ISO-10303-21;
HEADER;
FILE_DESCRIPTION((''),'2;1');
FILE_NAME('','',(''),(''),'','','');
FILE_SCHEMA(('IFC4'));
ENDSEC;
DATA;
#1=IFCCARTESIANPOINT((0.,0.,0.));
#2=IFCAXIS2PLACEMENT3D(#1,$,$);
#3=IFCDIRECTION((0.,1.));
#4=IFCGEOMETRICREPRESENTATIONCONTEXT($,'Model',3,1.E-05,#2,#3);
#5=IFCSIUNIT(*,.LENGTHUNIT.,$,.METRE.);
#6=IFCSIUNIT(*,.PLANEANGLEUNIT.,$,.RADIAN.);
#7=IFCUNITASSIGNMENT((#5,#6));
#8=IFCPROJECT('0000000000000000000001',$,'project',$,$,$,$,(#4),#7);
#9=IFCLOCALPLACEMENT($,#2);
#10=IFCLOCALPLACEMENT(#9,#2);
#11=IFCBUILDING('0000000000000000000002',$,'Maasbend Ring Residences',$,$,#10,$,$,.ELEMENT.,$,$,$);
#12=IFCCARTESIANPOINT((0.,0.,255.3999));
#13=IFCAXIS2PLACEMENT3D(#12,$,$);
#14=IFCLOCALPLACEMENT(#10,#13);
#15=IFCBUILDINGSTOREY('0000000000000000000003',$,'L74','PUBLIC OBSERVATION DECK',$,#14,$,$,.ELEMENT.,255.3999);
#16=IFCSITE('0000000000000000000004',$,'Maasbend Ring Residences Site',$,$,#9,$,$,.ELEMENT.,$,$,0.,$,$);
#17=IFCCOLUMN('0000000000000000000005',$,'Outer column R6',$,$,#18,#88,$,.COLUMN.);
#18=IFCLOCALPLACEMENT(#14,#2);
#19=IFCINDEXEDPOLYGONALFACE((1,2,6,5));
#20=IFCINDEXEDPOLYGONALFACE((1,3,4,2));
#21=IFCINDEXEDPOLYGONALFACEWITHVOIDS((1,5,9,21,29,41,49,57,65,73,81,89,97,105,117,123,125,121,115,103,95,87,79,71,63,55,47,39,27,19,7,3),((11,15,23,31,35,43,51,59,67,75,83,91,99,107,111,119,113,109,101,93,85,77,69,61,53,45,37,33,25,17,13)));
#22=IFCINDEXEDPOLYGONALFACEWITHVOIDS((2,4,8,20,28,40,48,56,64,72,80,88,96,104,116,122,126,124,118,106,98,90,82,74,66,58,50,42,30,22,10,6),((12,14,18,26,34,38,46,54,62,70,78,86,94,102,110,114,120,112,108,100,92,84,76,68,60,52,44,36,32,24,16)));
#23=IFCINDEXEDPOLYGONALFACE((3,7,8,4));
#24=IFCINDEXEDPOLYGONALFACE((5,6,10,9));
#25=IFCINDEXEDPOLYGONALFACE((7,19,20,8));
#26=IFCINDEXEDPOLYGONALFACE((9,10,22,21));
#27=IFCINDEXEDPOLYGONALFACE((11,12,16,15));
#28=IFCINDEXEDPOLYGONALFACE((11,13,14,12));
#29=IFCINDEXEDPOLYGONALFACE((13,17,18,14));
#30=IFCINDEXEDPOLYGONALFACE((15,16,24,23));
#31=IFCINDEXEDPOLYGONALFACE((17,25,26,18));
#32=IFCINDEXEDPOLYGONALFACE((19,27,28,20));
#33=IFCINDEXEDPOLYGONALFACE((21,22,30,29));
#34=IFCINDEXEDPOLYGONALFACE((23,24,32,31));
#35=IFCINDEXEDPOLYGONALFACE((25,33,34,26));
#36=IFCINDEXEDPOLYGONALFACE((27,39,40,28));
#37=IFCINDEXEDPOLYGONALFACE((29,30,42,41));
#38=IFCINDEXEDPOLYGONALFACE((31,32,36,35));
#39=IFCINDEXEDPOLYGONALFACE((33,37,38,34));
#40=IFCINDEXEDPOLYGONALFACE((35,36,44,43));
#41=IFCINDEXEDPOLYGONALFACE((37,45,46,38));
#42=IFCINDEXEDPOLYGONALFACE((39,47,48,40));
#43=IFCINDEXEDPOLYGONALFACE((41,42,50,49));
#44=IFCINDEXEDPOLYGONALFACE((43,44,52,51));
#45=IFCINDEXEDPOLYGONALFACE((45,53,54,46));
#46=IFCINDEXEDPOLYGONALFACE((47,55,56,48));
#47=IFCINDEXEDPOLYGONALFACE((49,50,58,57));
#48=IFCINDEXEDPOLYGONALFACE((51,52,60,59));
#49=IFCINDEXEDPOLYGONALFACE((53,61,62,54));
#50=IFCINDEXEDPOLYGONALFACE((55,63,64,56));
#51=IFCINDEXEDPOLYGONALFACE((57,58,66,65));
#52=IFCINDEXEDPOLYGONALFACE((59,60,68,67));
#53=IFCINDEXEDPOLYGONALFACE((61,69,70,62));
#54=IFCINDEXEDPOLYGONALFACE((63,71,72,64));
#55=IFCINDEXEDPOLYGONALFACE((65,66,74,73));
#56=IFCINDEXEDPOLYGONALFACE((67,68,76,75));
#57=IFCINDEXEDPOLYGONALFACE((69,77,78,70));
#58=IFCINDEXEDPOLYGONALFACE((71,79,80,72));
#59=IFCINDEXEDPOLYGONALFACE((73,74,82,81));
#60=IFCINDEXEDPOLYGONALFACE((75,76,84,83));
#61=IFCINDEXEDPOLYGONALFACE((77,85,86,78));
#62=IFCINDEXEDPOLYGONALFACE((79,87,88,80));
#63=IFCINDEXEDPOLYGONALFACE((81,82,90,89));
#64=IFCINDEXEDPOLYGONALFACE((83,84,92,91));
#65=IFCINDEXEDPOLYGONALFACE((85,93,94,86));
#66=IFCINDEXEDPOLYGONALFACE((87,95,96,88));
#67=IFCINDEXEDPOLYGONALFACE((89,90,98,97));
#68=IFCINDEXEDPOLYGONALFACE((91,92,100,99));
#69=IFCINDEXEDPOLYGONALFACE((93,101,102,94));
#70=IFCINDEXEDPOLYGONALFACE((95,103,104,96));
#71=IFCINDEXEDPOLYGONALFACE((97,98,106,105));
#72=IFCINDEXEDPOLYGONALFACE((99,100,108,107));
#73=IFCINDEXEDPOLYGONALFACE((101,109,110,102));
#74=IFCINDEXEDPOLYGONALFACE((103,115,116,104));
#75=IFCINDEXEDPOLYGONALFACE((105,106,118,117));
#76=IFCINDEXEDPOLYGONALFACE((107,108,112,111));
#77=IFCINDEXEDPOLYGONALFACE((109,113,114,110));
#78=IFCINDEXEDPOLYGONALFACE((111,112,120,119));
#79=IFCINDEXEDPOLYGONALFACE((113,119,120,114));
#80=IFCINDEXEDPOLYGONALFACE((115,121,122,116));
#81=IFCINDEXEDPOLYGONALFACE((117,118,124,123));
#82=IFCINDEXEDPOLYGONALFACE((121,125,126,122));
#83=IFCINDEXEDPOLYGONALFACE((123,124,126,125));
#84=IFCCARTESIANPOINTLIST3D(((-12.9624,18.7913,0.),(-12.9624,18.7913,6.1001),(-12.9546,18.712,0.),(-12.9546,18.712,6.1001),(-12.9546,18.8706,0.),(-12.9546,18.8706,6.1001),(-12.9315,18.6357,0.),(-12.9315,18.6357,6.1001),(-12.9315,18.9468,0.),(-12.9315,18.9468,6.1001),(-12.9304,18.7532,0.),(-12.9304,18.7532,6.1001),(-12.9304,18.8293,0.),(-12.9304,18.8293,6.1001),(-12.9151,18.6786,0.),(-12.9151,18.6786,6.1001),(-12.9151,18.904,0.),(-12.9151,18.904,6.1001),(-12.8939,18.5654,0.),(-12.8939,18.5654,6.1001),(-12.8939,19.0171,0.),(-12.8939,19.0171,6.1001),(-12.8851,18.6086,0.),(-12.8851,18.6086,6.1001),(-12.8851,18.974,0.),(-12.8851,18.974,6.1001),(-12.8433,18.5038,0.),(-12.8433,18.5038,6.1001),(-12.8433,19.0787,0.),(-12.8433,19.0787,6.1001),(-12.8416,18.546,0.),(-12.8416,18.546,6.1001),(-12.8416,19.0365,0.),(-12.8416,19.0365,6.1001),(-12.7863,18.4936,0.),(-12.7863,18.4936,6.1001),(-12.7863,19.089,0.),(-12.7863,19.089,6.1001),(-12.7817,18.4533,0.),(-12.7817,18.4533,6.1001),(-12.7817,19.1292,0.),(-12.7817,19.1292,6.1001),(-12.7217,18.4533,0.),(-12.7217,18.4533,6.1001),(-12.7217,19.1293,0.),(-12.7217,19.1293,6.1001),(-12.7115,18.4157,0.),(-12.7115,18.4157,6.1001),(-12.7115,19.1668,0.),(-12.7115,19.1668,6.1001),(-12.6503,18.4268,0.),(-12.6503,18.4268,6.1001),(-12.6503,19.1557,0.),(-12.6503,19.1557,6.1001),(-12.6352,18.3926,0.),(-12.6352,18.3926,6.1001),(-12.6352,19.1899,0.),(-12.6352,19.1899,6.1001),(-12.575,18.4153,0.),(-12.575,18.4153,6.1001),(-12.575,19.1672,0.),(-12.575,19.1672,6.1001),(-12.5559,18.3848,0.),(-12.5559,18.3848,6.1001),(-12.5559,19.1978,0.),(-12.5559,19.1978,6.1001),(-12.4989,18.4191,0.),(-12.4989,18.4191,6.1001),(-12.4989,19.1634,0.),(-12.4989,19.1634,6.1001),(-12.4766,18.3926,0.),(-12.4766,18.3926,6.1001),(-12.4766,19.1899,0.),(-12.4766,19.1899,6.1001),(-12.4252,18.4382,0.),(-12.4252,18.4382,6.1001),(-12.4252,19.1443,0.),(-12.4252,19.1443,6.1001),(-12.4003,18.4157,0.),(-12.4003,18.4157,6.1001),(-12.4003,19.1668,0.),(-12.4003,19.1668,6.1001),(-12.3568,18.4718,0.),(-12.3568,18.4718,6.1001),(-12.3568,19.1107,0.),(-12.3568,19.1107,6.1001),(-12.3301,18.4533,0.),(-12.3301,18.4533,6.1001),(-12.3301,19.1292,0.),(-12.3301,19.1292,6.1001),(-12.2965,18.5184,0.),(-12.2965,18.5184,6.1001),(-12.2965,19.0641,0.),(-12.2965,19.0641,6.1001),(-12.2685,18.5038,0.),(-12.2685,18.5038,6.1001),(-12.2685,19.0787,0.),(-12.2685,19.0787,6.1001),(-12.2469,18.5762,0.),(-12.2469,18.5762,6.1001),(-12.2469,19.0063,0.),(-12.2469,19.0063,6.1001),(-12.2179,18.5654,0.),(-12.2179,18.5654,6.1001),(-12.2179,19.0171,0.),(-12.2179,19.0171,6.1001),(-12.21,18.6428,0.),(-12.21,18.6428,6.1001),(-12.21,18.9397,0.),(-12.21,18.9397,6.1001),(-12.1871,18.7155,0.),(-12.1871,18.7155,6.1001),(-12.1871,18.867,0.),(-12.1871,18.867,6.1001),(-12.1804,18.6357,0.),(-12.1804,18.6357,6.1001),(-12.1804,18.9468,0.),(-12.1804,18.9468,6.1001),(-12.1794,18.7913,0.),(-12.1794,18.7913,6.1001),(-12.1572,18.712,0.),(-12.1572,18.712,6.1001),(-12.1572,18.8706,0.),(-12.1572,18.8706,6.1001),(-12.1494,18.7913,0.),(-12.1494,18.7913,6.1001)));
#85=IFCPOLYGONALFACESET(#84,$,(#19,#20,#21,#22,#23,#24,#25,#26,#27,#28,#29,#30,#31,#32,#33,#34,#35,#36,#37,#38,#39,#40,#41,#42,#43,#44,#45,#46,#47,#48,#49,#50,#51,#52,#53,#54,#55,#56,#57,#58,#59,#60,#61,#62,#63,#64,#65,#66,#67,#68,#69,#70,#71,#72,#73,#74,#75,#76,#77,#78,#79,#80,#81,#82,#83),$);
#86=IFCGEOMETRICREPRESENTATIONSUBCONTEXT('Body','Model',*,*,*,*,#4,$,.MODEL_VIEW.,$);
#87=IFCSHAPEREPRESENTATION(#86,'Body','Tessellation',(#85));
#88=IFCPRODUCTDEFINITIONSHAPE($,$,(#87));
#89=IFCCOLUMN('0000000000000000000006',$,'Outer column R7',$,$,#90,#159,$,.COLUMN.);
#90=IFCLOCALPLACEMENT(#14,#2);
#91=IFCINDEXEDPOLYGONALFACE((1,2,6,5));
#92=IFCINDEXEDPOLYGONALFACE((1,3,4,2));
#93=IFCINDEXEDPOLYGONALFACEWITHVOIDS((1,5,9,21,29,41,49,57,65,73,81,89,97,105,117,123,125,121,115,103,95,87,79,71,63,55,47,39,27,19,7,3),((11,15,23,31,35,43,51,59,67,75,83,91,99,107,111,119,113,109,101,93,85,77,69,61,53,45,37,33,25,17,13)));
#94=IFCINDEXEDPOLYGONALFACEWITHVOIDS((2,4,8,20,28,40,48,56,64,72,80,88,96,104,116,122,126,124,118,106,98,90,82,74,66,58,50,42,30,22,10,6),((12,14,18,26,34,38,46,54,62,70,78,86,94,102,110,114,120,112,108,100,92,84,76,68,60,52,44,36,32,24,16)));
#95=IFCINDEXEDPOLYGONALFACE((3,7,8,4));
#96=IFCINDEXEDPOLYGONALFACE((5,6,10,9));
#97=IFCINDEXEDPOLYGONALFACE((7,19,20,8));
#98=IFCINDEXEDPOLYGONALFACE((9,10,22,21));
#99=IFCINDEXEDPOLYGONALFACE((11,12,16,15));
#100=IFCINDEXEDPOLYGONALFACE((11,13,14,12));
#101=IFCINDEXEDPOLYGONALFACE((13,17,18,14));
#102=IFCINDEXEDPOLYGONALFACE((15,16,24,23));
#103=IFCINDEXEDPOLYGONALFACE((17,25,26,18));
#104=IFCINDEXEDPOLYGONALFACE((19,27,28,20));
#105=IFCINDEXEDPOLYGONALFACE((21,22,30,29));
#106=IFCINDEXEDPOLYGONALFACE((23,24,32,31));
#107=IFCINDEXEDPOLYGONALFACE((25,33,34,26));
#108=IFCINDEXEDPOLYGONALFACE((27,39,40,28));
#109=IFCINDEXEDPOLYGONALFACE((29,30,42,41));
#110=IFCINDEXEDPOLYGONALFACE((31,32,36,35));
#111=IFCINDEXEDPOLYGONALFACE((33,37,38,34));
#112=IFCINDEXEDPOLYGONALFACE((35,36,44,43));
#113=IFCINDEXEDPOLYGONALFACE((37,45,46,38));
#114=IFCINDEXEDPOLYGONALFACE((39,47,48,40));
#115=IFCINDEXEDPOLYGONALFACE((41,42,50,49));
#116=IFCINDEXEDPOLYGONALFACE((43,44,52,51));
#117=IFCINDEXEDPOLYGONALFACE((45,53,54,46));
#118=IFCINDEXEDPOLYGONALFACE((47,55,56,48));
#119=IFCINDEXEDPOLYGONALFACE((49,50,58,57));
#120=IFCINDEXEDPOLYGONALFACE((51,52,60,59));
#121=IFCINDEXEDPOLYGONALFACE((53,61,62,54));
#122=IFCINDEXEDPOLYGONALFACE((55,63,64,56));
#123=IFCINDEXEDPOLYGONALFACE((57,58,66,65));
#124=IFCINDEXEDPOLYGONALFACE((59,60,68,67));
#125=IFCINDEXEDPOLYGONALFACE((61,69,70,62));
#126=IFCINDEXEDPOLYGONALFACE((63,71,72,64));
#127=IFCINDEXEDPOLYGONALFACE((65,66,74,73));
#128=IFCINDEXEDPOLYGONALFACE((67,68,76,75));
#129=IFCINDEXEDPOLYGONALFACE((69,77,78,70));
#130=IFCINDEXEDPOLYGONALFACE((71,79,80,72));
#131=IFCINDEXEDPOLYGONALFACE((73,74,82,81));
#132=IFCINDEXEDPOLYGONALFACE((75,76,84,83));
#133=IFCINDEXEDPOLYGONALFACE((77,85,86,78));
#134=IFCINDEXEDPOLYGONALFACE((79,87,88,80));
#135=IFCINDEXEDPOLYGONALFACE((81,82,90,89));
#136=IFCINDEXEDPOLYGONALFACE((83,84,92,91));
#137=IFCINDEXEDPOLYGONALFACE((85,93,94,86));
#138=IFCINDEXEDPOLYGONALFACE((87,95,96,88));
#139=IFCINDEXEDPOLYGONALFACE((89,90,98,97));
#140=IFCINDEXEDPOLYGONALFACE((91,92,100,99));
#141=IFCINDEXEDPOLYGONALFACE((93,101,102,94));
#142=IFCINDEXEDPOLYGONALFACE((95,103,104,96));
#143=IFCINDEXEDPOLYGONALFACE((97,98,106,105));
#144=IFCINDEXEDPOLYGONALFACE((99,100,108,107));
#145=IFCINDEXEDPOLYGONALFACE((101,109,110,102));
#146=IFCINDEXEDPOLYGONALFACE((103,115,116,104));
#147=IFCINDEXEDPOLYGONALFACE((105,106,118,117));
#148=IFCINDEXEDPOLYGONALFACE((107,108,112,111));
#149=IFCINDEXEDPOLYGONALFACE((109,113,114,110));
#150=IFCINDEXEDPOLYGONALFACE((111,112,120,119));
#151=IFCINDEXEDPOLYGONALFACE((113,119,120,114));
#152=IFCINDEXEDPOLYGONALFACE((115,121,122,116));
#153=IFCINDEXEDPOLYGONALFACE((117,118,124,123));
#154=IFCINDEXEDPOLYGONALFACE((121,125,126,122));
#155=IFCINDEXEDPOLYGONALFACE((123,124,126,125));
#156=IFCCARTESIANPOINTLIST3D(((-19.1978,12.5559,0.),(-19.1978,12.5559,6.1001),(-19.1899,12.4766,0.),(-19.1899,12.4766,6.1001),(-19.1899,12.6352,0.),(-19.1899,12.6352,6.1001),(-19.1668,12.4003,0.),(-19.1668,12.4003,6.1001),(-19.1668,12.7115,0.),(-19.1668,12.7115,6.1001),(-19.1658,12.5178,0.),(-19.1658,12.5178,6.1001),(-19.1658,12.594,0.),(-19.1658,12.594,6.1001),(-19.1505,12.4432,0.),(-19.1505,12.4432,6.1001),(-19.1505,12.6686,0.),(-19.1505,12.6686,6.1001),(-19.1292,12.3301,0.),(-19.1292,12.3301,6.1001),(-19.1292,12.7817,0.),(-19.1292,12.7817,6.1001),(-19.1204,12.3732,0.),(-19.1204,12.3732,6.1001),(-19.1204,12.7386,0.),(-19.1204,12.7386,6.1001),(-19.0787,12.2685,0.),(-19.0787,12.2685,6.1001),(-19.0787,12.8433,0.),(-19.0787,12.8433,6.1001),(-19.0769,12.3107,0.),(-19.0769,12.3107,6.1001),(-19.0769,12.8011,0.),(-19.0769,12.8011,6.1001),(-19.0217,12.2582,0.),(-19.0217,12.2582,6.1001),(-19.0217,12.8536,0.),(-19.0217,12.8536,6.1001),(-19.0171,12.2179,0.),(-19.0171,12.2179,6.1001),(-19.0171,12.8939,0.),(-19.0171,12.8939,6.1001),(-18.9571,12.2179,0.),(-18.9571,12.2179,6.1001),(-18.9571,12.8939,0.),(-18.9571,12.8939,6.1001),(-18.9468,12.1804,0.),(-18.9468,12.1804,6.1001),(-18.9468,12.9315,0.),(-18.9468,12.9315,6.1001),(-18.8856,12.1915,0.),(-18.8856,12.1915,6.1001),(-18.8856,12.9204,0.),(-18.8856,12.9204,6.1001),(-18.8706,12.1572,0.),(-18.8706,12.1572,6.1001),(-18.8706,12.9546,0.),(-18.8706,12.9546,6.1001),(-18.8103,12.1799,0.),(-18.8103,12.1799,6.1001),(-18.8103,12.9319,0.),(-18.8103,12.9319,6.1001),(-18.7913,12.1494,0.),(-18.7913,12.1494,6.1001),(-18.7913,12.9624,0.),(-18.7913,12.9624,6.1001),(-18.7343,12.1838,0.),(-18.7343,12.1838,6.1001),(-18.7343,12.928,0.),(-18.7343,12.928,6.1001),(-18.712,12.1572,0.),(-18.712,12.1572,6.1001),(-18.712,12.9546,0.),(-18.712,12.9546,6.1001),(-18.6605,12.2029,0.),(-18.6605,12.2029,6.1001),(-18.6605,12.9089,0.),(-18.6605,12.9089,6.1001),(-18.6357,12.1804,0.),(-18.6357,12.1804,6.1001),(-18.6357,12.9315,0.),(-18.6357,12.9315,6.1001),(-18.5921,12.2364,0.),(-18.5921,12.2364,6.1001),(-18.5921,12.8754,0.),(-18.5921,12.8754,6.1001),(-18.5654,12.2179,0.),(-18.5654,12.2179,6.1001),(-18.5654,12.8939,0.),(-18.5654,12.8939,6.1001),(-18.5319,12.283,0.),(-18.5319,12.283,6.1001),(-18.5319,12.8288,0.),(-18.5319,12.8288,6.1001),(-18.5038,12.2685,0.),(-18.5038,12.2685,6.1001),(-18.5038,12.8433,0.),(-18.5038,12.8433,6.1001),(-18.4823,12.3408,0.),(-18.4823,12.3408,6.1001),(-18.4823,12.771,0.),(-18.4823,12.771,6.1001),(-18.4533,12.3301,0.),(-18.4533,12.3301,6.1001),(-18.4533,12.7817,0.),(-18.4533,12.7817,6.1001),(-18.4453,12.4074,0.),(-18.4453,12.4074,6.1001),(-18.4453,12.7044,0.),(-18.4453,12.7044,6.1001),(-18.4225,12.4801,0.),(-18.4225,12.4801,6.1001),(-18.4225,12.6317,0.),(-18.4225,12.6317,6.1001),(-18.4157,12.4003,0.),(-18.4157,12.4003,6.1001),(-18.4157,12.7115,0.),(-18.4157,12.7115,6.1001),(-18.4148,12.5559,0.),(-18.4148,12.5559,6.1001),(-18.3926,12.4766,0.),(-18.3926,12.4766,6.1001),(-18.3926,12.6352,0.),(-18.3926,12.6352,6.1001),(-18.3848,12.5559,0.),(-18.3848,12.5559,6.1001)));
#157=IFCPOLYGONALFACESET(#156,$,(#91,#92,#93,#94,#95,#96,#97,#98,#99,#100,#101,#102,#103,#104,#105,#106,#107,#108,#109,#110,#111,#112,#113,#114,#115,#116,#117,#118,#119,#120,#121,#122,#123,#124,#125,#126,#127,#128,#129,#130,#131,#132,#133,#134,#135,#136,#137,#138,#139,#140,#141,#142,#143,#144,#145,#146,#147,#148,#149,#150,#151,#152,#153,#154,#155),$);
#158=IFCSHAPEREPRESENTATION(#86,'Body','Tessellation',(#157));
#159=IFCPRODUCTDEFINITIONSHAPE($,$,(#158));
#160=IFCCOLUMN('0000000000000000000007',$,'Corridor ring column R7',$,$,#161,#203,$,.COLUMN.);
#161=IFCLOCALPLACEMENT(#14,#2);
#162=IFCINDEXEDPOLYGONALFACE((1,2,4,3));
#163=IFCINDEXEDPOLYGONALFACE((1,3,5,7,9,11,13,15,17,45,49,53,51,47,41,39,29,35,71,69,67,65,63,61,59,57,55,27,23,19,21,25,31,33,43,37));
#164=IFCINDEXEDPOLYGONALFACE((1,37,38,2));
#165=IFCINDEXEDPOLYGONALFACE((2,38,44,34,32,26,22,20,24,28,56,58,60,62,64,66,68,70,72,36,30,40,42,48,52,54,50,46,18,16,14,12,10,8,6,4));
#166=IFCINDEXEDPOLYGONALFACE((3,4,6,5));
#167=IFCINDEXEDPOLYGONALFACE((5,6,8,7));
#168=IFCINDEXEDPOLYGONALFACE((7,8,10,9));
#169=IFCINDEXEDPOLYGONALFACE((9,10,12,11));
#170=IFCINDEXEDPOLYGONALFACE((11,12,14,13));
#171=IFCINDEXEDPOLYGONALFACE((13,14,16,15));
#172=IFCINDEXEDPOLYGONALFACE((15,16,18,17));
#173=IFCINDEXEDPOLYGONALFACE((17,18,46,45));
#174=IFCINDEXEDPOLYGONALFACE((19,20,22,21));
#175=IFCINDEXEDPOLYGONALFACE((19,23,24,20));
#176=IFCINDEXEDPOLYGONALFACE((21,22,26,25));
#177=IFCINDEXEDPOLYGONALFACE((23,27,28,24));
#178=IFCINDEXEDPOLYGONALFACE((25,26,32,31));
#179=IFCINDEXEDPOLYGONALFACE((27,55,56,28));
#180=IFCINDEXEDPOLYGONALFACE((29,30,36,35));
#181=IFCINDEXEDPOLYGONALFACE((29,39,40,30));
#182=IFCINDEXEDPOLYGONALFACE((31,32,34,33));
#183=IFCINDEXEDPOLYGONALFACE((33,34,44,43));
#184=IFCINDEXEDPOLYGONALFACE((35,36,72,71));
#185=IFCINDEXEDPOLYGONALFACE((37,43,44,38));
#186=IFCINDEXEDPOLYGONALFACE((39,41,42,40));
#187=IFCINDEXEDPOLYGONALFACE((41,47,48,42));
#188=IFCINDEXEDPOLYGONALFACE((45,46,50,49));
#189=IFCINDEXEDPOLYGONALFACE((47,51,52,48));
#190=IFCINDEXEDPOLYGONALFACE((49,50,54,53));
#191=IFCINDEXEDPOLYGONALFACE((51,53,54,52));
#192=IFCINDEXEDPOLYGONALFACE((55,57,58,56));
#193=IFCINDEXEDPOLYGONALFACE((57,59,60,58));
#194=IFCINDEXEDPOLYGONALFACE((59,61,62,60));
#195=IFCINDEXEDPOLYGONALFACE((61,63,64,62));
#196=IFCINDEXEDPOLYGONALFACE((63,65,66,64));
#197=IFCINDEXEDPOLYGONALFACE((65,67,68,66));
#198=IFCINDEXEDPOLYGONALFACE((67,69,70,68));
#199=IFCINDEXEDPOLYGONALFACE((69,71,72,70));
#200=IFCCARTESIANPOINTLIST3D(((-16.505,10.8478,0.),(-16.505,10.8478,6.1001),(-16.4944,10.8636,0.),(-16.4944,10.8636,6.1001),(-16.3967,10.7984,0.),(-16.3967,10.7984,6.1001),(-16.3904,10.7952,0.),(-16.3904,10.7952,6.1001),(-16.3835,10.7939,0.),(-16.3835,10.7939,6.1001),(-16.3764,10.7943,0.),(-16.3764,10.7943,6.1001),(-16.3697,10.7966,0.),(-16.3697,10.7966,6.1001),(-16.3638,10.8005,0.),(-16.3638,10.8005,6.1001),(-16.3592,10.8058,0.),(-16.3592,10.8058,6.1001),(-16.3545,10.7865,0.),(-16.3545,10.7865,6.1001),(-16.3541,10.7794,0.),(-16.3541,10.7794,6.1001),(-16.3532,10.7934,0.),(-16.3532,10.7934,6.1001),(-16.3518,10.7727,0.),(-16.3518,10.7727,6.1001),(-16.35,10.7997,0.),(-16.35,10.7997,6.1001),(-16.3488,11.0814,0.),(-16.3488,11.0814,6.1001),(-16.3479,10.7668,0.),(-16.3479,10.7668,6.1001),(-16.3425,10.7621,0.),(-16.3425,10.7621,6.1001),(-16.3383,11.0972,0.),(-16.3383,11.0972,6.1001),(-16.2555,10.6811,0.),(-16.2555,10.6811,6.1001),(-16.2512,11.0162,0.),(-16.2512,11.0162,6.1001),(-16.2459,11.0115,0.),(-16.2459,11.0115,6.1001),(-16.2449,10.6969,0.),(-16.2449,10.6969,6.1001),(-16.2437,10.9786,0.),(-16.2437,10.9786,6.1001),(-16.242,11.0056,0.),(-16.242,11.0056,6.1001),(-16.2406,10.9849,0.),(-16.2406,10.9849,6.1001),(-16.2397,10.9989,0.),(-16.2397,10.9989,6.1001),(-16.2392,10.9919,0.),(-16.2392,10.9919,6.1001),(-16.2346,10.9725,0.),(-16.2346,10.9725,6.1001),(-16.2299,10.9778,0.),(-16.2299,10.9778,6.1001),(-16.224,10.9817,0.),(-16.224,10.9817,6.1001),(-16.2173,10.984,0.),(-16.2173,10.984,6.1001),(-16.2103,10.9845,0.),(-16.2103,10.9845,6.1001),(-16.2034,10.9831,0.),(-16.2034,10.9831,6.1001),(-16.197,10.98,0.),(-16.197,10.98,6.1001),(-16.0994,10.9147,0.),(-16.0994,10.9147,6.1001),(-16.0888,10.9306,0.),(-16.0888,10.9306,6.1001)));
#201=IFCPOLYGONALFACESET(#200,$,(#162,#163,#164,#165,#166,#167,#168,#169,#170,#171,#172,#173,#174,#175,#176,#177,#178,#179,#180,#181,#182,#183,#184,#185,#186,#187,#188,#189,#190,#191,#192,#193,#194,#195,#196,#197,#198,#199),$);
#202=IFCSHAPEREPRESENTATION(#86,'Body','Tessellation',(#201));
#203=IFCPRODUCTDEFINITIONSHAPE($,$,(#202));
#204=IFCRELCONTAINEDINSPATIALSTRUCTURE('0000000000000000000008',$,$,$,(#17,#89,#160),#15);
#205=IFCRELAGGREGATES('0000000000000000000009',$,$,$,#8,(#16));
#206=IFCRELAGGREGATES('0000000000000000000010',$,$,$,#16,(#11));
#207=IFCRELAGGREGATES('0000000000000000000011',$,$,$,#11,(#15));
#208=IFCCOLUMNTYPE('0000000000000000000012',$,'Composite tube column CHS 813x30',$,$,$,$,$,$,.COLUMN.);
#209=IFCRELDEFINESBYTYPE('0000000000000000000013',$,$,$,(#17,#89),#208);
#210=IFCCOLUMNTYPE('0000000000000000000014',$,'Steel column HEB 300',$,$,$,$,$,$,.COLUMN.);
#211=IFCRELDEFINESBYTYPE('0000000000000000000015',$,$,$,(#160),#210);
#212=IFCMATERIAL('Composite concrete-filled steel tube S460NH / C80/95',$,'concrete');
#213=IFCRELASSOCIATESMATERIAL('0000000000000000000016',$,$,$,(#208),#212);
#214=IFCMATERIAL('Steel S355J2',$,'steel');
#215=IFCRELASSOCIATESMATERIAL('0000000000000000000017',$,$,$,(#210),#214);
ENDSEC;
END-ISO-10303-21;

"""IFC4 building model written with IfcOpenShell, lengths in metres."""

from ifc_helpers import new_model, si_unit, direction, frame, origin, origin_2d, place, context, subcontext, project, spatial, hollow_circle, i_section, extrude, material, material_profile, profile_set, type_object, element, save


model = new_model("IFC4")

# Units and contexts
model_context = context("Model", 3, precision=1e-05, world=origin(), true_north=direction((0.0, 1.0)))
body_context = subcontext(model_context, "Body", "Model", "MODEL_VIEW")
ifc_project = project(units=[si_unit("LENGTHUNIT", "METRE"), si_unit("PLANEANGLEUNIT", "RADIAN")], contexts=[model_context])

# Site, building, storey
site_placement = place(None, origin())
site = spatial("IfcSite", under=ifc_project, at=site_placement, Name="Maasbend Ring Residences Site", CompositionType="ELEMENT", RefElevation=0.0)
building_placement = place(site_placement, origin())
building = spatial("IfcBuilding", under=site, at=building_placement, Name="Maasbend Ring Residences", CompositionType="ELEMENT")
storey_placement = place(building_placement, frame((0.0, 0.0, 255.3999)))
storey = spatial("IfcBuildingStorey", under=building, at=storey_placement, Name="L74", Description="PUBLIC OBSERVATION DECK", CompositionType="ELEMENT", Elevation=255.3999)

# Columns
ifc_material_1 = material(Name="Composite concrete-filled steel tube S460NH / C80/95", Category="concrete")
ifc_material_profile_1 = material_profile(ifc_material_1, hollow_circle(Radius=0.4065, WallThickness=0.03, at=origin_2d()), Name="Composite tube column CHS 813x30")
ifc_profile_set_1 = profile_set([ifc_material_profile_1], Name="Composite concrete-filled steel tube S460NH / C80/95")
column_type_1 = type_object("IfcColumnType", Name="Composite tube column CHS 813x30", PredefinedType="COLUMN", material=ifc_profile_set_1)
for number, where, z_axis, x_axis, name in (
    (1, (-12.5559, 18.7913, 0.0), (0.0, 0.0, 1.0), (1.0, 0.0, 0.0), "Outer column R6"),
    (2, (-18.7913, 12.5559, 0.0), (0.0, 0.0, 1.0), (1.0, 0.0, 0.0), "Outer column R7"),
):
    element("IfcColumn", number, at=place(storey_placement, frame(where, z_axis=z_axis, x_axis=x_axis)), inside=storey, type_object=column_type_1, Name=name, PredefinedType="COLUMN", context=body_context, shape_type="SweptSolid", body=[
        extrude(hollow_circle(Radius=0.4065, WallThickness=0.03, at=origin_2d()), origin(), (0.0, 0.0, 1.0), 6.1001),
    ])
ifc_material_2 = material(Name="Steel S355J2", Category="steel")
ifc_material_profile_2 = material_profile(ifc_material_2, i_section(OverallWidth=0.3, OverallDepth=0.3, WebThickness=0.011, FlangeThickness=0.019, FilletRadius=0.0271, at=origin_2d()), Name="HEB 300")
ifc_profile_set_2 = profile_set([ifc_material_profile_2], Name="Steel S355J2")
column_type_2 = type_object("IfcColumnType", Name="Steel column HEB 300", PredefinedType="COLUMN", material=ifc_profile_set_2)
column_placement = place(storey_placement, frame((-16.2969, 10.8892, 0.0), z_axis=(0.0, 0.0, 1.0), x_axis=(-0.83147, 0.55557, 0.0)))
element("IfcColumn", 3, at=column_placement, inside=storey, type_object=column_type_2, Name="Corridor ring column R7", PredefinedType="COLUMN", context=body_context, shape_type="SweptSolid", body=[
    extrude(i_section(OverallWidth=0.3, OverallDepth=0.3, WebThickness=0.011, FlangeThickness=0.019, FilletRadius=0.0271, at=origin_2d()), origin(), (0.0, 0.0, 1.0), 6.1001),
])

save(model, "model.ifc")
